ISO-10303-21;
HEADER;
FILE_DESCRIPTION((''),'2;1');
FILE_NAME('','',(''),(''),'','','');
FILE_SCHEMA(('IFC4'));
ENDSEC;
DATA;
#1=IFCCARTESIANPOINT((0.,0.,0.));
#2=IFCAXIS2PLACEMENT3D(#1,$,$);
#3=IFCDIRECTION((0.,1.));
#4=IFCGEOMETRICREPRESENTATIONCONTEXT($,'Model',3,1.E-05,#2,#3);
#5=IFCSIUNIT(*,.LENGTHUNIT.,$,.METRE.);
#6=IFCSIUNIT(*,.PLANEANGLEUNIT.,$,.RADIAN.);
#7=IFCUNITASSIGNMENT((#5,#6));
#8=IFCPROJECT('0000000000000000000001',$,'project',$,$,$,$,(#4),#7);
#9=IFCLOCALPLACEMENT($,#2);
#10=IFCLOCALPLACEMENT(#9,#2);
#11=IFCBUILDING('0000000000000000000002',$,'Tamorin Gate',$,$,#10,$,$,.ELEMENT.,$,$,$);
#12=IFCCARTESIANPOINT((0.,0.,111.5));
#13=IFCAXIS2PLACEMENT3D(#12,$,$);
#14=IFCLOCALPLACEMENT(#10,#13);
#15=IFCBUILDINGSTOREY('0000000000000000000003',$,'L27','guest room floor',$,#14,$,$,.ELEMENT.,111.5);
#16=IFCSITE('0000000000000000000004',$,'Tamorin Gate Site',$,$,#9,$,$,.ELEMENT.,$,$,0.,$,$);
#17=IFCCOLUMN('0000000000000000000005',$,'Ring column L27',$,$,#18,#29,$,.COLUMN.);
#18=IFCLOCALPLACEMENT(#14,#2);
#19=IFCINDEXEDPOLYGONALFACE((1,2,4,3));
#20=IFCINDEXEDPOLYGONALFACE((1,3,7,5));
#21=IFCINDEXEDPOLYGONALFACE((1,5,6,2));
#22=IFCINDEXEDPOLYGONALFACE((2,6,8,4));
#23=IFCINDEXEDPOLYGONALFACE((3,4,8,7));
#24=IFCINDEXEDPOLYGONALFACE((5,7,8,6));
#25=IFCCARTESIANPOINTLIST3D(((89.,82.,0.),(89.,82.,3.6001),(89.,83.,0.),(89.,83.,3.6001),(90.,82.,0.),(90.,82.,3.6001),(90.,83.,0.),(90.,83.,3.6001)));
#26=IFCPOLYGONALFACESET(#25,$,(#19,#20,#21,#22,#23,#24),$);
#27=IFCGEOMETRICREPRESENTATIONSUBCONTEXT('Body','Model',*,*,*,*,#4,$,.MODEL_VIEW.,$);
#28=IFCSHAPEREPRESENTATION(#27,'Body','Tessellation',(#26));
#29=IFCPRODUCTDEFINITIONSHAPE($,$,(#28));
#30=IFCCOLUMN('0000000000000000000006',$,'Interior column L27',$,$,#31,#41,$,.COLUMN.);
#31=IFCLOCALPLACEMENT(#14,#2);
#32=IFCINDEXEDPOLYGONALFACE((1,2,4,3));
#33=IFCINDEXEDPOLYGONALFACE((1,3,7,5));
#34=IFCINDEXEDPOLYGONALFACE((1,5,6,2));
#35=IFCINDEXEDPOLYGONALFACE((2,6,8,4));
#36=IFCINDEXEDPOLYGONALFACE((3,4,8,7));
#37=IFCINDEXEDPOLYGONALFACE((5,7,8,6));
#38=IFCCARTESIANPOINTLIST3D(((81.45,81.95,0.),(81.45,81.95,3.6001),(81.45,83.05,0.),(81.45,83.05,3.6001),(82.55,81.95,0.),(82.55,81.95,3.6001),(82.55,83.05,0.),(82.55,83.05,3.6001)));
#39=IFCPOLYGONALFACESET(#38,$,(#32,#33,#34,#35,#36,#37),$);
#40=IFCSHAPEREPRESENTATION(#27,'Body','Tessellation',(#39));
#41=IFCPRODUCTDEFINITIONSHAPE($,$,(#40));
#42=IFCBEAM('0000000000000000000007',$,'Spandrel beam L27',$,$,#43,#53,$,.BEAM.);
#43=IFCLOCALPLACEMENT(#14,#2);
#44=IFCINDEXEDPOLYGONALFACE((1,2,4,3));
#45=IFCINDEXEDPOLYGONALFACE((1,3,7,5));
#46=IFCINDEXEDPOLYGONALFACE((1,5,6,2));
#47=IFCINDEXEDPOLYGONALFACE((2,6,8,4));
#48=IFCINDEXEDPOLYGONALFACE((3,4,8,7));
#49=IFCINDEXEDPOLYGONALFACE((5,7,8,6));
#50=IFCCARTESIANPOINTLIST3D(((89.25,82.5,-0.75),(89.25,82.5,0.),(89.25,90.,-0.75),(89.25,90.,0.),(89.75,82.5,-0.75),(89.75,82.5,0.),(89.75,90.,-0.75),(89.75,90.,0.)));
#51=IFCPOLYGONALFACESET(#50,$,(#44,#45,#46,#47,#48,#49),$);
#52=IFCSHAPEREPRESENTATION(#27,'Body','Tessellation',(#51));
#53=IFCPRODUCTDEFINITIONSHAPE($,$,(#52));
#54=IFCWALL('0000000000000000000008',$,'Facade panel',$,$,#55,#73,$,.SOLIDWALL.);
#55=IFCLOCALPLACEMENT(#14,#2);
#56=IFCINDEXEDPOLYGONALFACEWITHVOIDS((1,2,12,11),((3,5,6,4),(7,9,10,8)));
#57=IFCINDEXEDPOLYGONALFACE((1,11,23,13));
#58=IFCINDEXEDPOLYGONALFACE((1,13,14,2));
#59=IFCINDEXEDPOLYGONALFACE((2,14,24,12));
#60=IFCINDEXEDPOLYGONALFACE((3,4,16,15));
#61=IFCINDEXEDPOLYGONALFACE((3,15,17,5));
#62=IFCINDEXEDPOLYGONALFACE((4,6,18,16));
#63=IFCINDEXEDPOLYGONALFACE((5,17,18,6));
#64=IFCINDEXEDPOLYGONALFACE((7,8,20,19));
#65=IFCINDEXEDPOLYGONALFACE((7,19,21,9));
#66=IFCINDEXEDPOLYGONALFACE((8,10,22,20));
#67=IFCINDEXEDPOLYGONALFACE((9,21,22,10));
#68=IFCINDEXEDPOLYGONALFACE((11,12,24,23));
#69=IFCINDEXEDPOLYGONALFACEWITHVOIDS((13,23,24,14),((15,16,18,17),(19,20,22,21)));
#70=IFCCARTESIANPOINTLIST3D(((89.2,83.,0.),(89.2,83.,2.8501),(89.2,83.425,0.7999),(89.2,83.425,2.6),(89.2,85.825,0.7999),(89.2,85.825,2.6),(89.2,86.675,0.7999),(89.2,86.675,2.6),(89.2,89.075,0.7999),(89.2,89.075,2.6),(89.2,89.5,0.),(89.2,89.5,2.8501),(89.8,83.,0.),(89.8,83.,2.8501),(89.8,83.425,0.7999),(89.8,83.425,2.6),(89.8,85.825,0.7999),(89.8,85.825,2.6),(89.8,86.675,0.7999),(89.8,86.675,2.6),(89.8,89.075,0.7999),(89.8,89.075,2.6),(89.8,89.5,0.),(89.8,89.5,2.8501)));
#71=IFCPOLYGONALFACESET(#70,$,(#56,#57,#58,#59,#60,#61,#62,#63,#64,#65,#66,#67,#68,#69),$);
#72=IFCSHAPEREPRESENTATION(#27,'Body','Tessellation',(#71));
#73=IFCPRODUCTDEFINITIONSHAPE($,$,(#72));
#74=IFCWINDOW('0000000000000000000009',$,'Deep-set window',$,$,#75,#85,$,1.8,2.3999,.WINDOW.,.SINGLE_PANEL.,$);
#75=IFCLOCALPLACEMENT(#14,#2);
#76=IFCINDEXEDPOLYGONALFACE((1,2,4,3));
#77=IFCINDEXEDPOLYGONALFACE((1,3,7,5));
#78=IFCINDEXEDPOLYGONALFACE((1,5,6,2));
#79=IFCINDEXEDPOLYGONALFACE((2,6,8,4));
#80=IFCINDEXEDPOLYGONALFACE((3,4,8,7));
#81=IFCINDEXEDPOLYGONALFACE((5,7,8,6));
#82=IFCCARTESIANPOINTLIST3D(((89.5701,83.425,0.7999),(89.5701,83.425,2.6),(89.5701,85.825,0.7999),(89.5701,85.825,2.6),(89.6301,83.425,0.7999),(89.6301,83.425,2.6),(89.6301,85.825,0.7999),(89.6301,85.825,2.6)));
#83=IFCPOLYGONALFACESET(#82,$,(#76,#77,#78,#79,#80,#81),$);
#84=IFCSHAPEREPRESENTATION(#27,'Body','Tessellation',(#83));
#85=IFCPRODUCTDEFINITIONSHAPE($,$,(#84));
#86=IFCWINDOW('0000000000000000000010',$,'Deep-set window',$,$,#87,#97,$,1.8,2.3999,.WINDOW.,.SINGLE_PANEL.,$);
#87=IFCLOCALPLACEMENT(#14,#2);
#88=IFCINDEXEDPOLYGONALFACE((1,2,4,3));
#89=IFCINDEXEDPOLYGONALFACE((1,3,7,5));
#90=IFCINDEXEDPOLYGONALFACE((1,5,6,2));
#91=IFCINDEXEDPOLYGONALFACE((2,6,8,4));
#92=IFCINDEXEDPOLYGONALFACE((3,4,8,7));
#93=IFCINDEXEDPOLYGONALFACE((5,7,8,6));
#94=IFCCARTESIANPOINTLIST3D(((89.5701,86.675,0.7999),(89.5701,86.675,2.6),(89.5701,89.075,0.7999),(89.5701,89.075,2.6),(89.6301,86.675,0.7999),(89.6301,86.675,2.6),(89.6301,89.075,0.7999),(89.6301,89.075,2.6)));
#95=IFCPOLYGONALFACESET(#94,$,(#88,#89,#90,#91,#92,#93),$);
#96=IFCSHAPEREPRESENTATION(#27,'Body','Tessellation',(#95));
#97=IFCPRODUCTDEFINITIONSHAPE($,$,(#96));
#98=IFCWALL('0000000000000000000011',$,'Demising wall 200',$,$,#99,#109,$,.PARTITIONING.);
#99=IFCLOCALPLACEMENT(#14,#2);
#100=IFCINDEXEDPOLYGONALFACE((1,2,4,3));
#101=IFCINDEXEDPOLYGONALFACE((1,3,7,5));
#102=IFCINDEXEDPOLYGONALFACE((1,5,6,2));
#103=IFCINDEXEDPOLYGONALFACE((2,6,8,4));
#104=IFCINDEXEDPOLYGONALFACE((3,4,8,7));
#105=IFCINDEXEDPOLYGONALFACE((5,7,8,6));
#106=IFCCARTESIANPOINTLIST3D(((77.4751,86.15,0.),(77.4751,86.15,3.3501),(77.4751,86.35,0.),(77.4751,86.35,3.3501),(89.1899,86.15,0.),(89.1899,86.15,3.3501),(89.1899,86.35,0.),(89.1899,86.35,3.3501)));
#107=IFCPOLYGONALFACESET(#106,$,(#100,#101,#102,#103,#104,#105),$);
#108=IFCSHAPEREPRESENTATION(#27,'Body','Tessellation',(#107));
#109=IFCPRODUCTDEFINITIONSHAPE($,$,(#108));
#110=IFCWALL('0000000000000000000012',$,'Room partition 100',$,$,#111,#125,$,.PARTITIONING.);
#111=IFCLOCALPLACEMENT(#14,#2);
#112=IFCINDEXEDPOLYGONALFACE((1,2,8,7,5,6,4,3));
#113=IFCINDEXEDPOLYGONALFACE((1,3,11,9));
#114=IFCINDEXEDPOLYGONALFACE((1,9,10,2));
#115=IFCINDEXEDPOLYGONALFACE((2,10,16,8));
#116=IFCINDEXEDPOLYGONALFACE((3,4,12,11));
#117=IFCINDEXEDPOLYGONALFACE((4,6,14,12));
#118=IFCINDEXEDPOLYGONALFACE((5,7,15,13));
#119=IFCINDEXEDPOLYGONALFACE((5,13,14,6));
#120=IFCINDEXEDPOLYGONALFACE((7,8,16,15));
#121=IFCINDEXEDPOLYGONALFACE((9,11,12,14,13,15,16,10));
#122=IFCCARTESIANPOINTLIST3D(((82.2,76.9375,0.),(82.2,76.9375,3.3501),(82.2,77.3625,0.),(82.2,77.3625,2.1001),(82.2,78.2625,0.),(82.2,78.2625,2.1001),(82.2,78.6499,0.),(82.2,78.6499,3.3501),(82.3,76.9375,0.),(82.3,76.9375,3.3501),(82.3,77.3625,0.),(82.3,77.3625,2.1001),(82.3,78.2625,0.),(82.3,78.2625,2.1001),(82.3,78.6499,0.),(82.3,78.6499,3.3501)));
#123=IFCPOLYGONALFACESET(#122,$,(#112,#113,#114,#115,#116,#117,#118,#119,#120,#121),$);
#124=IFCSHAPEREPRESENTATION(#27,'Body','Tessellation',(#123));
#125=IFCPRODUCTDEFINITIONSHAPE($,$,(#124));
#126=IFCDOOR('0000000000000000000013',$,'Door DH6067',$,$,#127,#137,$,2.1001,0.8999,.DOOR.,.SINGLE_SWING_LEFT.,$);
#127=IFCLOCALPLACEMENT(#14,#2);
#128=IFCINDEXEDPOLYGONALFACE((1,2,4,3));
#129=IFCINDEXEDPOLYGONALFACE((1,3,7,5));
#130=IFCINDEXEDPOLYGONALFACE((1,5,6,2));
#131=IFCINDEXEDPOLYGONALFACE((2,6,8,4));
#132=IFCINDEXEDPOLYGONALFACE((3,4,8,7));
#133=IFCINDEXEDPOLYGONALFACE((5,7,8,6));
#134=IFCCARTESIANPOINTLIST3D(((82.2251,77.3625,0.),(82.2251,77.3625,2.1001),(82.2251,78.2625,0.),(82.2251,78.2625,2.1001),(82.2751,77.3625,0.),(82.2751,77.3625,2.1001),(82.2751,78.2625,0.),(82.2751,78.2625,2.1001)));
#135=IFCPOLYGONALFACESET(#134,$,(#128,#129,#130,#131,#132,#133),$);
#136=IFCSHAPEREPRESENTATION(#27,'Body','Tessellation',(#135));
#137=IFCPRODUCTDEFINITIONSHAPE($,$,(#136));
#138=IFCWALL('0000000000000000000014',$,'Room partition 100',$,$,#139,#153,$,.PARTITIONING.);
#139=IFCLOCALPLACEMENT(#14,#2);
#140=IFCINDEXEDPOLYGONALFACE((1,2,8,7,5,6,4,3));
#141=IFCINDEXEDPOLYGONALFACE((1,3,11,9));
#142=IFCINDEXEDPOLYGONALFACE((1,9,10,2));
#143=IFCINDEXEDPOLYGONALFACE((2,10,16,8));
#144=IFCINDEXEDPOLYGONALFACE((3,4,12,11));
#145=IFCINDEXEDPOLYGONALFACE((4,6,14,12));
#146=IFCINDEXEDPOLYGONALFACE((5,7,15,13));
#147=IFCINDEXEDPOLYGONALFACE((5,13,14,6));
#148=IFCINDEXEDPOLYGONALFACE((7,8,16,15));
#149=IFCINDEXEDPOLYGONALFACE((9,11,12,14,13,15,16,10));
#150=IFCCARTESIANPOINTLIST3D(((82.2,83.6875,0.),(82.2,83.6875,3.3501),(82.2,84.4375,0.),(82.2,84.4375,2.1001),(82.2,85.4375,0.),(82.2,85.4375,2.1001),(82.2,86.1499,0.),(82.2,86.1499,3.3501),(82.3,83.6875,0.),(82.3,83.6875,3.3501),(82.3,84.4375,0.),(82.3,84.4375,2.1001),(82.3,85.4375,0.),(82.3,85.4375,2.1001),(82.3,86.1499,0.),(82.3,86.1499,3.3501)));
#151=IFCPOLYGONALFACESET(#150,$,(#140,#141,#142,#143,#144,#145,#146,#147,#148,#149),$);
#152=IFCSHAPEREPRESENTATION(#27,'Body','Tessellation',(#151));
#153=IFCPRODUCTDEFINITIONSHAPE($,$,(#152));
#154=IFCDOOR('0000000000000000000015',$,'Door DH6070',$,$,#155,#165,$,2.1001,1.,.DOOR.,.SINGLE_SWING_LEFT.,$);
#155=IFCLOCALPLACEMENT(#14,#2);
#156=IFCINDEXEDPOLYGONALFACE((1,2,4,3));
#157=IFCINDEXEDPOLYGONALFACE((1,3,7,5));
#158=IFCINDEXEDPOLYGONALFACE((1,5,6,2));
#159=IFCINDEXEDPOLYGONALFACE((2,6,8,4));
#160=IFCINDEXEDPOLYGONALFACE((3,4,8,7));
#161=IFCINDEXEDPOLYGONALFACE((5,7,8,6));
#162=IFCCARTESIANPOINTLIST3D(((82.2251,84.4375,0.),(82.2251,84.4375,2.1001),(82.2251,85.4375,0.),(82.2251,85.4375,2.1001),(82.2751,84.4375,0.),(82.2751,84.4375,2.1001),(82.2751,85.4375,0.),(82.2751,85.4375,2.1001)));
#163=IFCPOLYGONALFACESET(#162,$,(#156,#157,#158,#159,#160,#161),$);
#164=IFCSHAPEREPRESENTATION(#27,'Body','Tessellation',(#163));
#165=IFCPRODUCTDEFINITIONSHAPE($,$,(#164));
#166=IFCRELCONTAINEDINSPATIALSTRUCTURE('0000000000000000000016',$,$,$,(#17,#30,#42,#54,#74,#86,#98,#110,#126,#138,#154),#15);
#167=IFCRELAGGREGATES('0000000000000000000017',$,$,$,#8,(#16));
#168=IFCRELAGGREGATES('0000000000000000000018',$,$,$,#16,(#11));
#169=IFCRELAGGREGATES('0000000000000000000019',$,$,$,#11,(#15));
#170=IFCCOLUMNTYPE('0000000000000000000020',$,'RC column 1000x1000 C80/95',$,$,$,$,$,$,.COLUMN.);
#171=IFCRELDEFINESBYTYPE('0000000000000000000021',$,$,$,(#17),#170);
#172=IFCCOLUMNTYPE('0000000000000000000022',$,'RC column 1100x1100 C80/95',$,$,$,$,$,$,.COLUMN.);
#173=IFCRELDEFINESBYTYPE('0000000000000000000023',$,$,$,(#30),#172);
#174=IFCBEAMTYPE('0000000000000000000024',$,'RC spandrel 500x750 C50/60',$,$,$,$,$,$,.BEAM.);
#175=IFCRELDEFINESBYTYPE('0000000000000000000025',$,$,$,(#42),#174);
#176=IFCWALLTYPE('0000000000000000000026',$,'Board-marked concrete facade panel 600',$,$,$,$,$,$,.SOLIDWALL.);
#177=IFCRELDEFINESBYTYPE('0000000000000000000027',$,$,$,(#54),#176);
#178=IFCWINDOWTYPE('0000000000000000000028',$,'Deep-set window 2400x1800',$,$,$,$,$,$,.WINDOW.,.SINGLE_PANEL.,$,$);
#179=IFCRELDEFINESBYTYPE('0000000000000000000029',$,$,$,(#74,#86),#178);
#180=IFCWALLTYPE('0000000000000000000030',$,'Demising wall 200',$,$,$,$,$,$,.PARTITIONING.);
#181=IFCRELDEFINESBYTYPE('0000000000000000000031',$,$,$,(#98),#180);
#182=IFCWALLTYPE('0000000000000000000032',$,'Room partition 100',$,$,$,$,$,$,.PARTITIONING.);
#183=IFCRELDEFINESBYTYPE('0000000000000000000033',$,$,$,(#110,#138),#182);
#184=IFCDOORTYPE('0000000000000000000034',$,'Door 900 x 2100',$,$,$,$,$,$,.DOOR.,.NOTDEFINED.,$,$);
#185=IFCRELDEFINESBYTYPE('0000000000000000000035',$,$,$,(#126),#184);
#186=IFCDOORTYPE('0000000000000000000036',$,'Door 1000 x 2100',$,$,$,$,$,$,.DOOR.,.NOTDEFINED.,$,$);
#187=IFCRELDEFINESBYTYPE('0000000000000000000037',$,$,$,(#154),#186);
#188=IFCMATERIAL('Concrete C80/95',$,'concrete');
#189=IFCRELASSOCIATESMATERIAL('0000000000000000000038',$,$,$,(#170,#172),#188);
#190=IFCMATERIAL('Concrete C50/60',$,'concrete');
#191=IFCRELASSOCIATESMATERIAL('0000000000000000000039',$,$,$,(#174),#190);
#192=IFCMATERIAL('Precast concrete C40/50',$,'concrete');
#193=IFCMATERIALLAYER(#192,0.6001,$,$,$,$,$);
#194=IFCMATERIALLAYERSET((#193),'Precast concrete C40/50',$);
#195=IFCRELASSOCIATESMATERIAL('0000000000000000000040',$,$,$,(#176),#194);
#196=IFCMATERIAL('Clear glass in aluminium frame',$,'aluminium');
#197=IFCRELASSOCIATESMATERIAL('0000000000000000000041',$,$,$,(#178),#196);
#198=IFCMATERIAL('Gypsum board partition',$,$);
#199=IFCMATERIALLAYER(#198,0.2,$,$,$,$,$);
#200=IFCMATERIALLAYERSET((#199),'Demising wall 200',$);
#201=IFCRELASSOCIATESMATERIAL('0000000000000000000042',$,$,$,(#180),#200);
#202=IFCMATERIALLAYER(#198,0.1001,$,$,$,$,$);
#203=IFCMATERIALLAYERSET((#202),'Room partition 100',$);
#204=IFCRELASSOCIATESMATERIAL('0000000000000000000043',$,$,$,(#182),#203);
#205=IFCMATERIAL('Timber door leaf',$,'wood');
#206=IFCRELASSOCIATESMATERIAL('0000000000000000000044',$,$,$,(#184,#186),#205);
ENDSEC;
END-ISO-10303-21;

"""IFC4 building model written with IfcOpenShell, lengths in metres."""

from ifc_helpers import new_model, si_unit, direction, frame, frame_2d, origin, origin_2d, place, context, subcontext, project, spatial, rectangle, extrude, material, layer, layer_set, material_profile, profile_set, type_object, element, fill, save


model = new_model("IFC4")

# Units and contexts
model_context = context("Model", 3, precision=1e-05, world=origin(), true_north=direction((0.0, 1.0)))
body_context = subcontext(model_context, "Body", "Model", "MODEL_VIEW")
ifc_project = project(units=[si_unit("LENGTHUNIT", "METRE"), si_unit("PLANEANGLEUNIT", "RADIAN")], contexts=[model_context])

# Site, building, storey
site_placement = place(None, origin())
site = spatial("IfcSite", under=ifc_project, at=site_placement, Name="Tamorin Gate Site", CompositionType="ELEMENT", RefElevation=0.0)
building_placement = place(site_placement, origin())
building = spatial("IfcBuilding", under=site, at=building_placement, Name="Tamorin Gate", CompositionType="ELEMENT")
storey_placement = place(building_placement, frame((0.0, 0.0, 111.5)))
storey = spatial("IfcBuildingStorey", under=building, at=storey_placement, Name="L27", Description="guest room floor", CompositionType="ELEMENT", Elevation=111.5)

# Columns
ifc_material_1 = material(Name="Concrete C80/95", Category="concrete")
ifc_material_profile_1 = material_profile(ifc_material_1, rectangle(XDim=1.0, YDim=1.0, at=origin_2d()), Name="RC 1000x1000")
ifc_profile_set_1 = profile_set([ifc_material_profile_1], Name="Concrete C80/95")
column_type_1 = type_object("IfcColumnType", Name="RC column 1000x1000 C80/95", PredefinedType="COLUMN", material=ifc_profile_set_1)
column_1_placement = place(storey_placement, frame((89.5, 82.5, 0.0), z_axis=(0.0, 0.0, 1.0), x_axis=(1.0, 0.0, 0.0)))
element("IfcColumn", 1, at=column_1_placement, inside=storey, type_object=column_type_1, Name="Ring column L27", PredefinedType="COLUMN", context=body_context, shape_type="SweptSolid", body=[
    extrude(rectangle(XDim=1.0, YDim=1.0, at=origin_2d()), origin(), (0.0, 0.0, 1.0), 3.6001),
])
ifc_material_profile_2 = material_profile(ifc_material_1, rectangle(XDim=1.1001, YDim=1.1001, at=origin_2d()), Name="RC 1100x1100")
ifc_profile_set_2 = profile_set([ifc_material_profile_2], Name="Concrete C80/95")
column_type_2 = type_object("IfcColumnType", Name="RC column 1100x1100 C80/95", PredefinedType="COLUMN", material=ifc_profile_set_2)
column_2_placement = place(storey_placement, frame((82.0, 82.5, 0.0), z_axis=(0.0, 0.0, 1.0), x_axis=(1.0, 0.0, 0.0)))
element("IfcColumn", 2, at=column_2_placement, inside=storey, type_object=column_type_2, Name="Interior column L27", PredefinedType="COLUMN", context=body_context, shape_type="SweptSolid", body=[
    extrude(rectangle(XDim=1.1001, YDim=1.1001, at=origin_2d()), origin(), (0.0, 0.0, 1.0), 3.6001),
])

# Beam
ifc_material_2 = material(Name="Concrete C50/60", Category="concrete")
ifc_material_profile_3 = material_profile(ifc_material_2, rectangle(XDim=0.5, YDim=0.75, at=origin_2d()), Name="RC 500x750")
ifc_profile_set_3 = profile_set([ifc_material_profile_3], Name="Concrete C50/60")
beam_type = type_object("IfcBeamType", Name="RC spandrel 500x750 C50/60", PredefinedType="BEAM", material=ifc_profile_set_3)
beam_placement = place(storey_placement, frame((89.5, 82.5, -0.375), z_axis=(0.0, 1.0, 0.0), x_axis=(-1.0, 0.0, 0.0)))
element("IfcBeam", 3, at=beam_placement, inside=storey, type_object=beam_type, Name="Spandrel beam L27", PredefinedType="BEAM", context=body_context, shape_type="SweptSolid", body=[
    extrude(rectangle(XDim=0.5, YDim=0.75, at=origin_2d()), origin(), (0.0, 0.0, 1.0), 7.5),
])

# Wall, openings, windows
ifc_material_3 = material(Name="Precast concrete C40/50", Category="concrete")
ifc_layer_1 = layer(ifc_material_3, 0.6001)
ifc_layer_set_1 = layer_set([ifc_layer_1], Name="Precast concrete C40/50")
wall_type_1 = type_object("IfcWallType", Name="Board-marked concrete facade panel 600", PredefinedType="SOLIDWALL", material=ifc_layer_set_1)
wall_1_placement = place(storey_placement, frame((89.5, 83.0, 0.0), z_axis=(0.0, 0.0, 1.0), x_axis=(0.0, 1.0, 0.0)))
wall_1 = element("IfcWall", 4, at=wall_1_placement, inside=storey, type_object=wall_type_1, Name="Facade panel", PredefinedType="SOLIDWALL", context=body_context, shape_type="SweptSolid", body=[
    extrude(rectangle(XDim=6.5, YDim=0.6001, at=frame_2d((3.25, 0.0))), origin(), (0.0, 0.0, 1.0), 2.8501),
])
opening_1_placement = place(wall_1_placement, frame((0.425, 0.0, 0.8)))
opening_1 = element("IfcOpeningElement", 5, at=opening_1_placement, cuts=wall_1, PredefinedType="OPENING", context=body_context, shape_type="SweptSolid", body=[
    extrude(rectangle(XDim=2.3999, YDim=1.8, at=frame_2d((1.2, 0.8999))), frame((0.0, 0.3101, 0.0), z_axis=(0.0, -1.0, 0.0), x_axis=(1.0, 0.0, 0.0)), (0.0, 0.0, 1.0), 0.6201),
])
opening_2_placement = place(wall_1_placement, frame((3.675, 0.0, 0.8)))
opening_2 = element("IfcOpeningElement", 6, at=opening_2_placement, cuts=wall_1, PredefinedType="OPENING", context=body_context, shape_type="SweptSolid", body=[
    extrude(rectangle(XDim=2.3999, YDim=1.8, at=frame_2d((1.2, 0.8999))), frame((0.0, 0.3101, 0.0), z_axis=(0.0, -1.0, 0.0), x_axis=(1.0, 0.0, 0.0)), (0.0, 0.0, 1.0), 0.6201),
])
ifc_material_4 = material(Name="Clear glass in aluminium frame", Category="aluminium")
window_type = type_object("IfcWindowType", Name="Deep-set window 2400x1800", PartitioningType="SINGLE_PANEL", PredefinedType="WINDOW", material=ifc_material_4)
window_1_placement = place(opening_1_placement, origin())
window_1 = element("IfcWindow", 7, at=window_1_placement, inside=storey, type_object=window_type, Name="Deep-set window", OverallHeight=1.8, OverallWidth=2.3999, PartitioningType="SINGLE_PANEL", PredefinedType="WINDOW", context=body_context, shape_type="SweptSolid", body=[
    extrude(rectangle(XDim=2.3999, YDim=1.8, at=frame_2d((1.2, 0.8999))), frame((0.0, -0.0701, 0.0), z_axis=(0.0, -1.0, 0.0), x_axis=(1.0, 0.0, 0.0)), (0.0, 0.0, 1.0), 0.0601),
])
fill(opening_1, window_1)
window_2_placement = place(opening_2_placement, origin())
window_2 = element("IfcWindow", 8, at=window_2_placement, inside=storey, type_object=window_type, Name="Deep-set window", OverallHeight=1.8, OverallWidth=2.3999, PartitioningType="SINGLE_PANEL", PredefinedType="WINDOW", context=body_context, shape_type="SweptSolid", body=[
    extrude(rectangle(XDim=2.3999, YDim=1.8, at=frame_2d((1.2, 0.8999))), frame((0.0, -0.0701, 0.0), z_axis=(0.0, -1.0, 0.0), x_axis=(1.0, 0.0, 0.0)), (0.0, 0.0, 1.0), 0.0601),
])
fill(opening_2, window_2)

# Wall
ifc_material_5 = material(Name="Gypsum board partition")
ifc_layer_2 = layer(ifc_material_5, 0.2)
ifc_layer_set_2 = layer_set([ifc_layer_2], Name="Demising wall 200")
wall_type_2 = type_object("IfcWallType", Name="Demising wall 200", PredefinedType="PARTITIONING", material=ifc_layer_set_2)
wall_2_placement = place(storey_placement, frame((77.4751, 86.25, 0.0), z_axis=(0.0, 0.0, 1.0), x_axis=(1.0, 0.0, 0.0)))
element("IfcWall", 9, at=wall_2_placement, inside=storey, type_object=wall_type_2, Name="Demising wall 200", PredefinedType="PARTITIONING", context=body_context, shape_type="SweptSolid", body=[
    extrude(rectangle(XDim=11.7148, YDim=0.2, at=frame_2d((5.8574, 0.0))), origin(), (0.0, 0.0, 1.0), 3.3501),
])

# Walls, openings, doors
ifc_layer_3 = layer(ifc_material_5, 0.1001)
ifc_layer_set_3 = layer_set([ifc_layer_3], Name="Room partition 100")
wall_type_3 = type_object("IfcWallType", Name="Room partition 100", PredefinedType="PARTITIONING", material=ifc_layer_set_3)
wall_3_placement = place(storey_placement, frame((82.25, 76.9375, 0.0), z_axis=(0.0, 0.0, 1.0), x_axis=(0.0, 1.0, 0.0)))
wall_3 = element("IfcWall", 10, at=wall_3_placement, inside=storey, type_object=wall_type_3, Name="Room partition 100", PredefinedType="PARTITIONING", context=body_context, shape_type="SweptSolid", body=[
    extrude(rectangle(XDim=1.7124, YDim=0.1001, at=frame_2d((0.8562, 0.0))), origin(), (0.0, 0.0, 1.0), 3.3501),
])
opening_3_placement = place(wall_3_placement, frame((0.425, 0.0, 0.0)))
opening_3 = element("IfcOpeningElement", 11, at=opening_3_placement, cuts=wall_3, PredefinedType="OPENING", context=body_context, shape_type="SweptSolid", body=[
    extrude(rectangle(XDim=0.8999, YDim=2.1001, at=frame_2d((0.45, 1.05))), frame((0.0, 0.0601, 0.0), z_axis=(0.0, -1.0, 0.0), x_axis=(1.0, 0.0, 0.0)), (0.0, 0.0, 1.0), 0.1201),
])
ifc_material_6 = material(Name="Timber door leaf", Category="wood")
door_type_1 = type_object("IfcDoorType", Name="Door 900 x 2100", OperationType="NOTDEFINED", PredefinedType="DOOR", material=ifc_material_6)
door_1_placement = place(opening_3_placement, origin())
door_1 = element("IfcDoor", 12, at=door_1_placement, inside=storey, type_object=door_type_1, Name="Door DH6067", OperationType="SINGLE_SWING_LEFT", OverallHeight=2.1001, OverallWidth=0.8999, PredefinedType="DOOR", context=body_context, shape_type="SweptSolid", body=[
    extrude(rectangle(XDim=0.8999, YDim=2.1001, at=frame_2d((0.45, 1.05))), frame((0.0, 0.0249, 0.0), z_axis=(0.0, -1.0, 0.0), x_axis=(1.0, 0.0, 0.0)), (0.0, 0.0, 1.0), 0.05),
])
fill(opening_3, door_1)
wall_4_placement = place(storey_placement, frame((82.25, 83.6875, 0.0), z_axis=(0.0, 0.0, 1.0), x_axis=(0.0, 1.0, 0.0)))
wall_4 = element("IfcWall", 13, at=wall_4_placement, inside=storey, type_object=wall_type_3, Name="Room partition 100", PredefinedType="PARTITIONING", context=body_context, shape_type="SweptSolid", body=[
    extrude(rectangle(XDim=2.4624, YDim=0.1001, at=frame_2d((1.2312, 0.0))), origin(), (0.0, 0.0, 1.0), 3.3501),
])
opening_4_placement = place(wall_4_placement, frame((0.75, 0.0, 0.0)))
opening_4 = element("IfcOpeningElement", 14, at=opening_4_placement, cuts=wall_4, PredefinedType="OPENING", context=body_context, shape_type="SweptSolid", body=[
    extrude(rectangle(XDim=1.0, YDim=2.1001, at=frame_2d((0.5, 1.05))), frame((0.0, 0.0601, 0.0), z_axis=(0.0, -1.0, 0.0), x_axis=(1.0, 0.0, 0.0)), (0.0, 0.0, 1.0), 0.1201),
])
door_type_2 = type_object("IfcDoorType", Name="Door 1000 x 2100", OperationType="NOTDEFINED", PredefinedType="DOOR", material=ifc_material_6)
door_2_placement = place(opening_4_placement, origin())
door_2 = element("IfcDoor", 15, at=door_2_placement, inside=storey, type_object=door_type_2, Name="Door DH6070", OperationType="SINGLE_SWING_LEFT", OverallHeight=2.1001, OverallWidth=1.0, PredefinedType="DOOR", context=body_context, shape_type="SweptSolid", body=[
    extrude(rectangle(XDim=1.0, YDim=2.1001, at=frame_2d((0.5, 1.05))), frame((0.0, 0.0249, 0.0), z_axis=(0.0, -1.0, 0.0), x_axis=(1.0, 0.0, 0.0)), (0.0, 0.0, 1.0), 0.05),
])
fill(opening_4, door_2)

save(model, "model.ifc")
